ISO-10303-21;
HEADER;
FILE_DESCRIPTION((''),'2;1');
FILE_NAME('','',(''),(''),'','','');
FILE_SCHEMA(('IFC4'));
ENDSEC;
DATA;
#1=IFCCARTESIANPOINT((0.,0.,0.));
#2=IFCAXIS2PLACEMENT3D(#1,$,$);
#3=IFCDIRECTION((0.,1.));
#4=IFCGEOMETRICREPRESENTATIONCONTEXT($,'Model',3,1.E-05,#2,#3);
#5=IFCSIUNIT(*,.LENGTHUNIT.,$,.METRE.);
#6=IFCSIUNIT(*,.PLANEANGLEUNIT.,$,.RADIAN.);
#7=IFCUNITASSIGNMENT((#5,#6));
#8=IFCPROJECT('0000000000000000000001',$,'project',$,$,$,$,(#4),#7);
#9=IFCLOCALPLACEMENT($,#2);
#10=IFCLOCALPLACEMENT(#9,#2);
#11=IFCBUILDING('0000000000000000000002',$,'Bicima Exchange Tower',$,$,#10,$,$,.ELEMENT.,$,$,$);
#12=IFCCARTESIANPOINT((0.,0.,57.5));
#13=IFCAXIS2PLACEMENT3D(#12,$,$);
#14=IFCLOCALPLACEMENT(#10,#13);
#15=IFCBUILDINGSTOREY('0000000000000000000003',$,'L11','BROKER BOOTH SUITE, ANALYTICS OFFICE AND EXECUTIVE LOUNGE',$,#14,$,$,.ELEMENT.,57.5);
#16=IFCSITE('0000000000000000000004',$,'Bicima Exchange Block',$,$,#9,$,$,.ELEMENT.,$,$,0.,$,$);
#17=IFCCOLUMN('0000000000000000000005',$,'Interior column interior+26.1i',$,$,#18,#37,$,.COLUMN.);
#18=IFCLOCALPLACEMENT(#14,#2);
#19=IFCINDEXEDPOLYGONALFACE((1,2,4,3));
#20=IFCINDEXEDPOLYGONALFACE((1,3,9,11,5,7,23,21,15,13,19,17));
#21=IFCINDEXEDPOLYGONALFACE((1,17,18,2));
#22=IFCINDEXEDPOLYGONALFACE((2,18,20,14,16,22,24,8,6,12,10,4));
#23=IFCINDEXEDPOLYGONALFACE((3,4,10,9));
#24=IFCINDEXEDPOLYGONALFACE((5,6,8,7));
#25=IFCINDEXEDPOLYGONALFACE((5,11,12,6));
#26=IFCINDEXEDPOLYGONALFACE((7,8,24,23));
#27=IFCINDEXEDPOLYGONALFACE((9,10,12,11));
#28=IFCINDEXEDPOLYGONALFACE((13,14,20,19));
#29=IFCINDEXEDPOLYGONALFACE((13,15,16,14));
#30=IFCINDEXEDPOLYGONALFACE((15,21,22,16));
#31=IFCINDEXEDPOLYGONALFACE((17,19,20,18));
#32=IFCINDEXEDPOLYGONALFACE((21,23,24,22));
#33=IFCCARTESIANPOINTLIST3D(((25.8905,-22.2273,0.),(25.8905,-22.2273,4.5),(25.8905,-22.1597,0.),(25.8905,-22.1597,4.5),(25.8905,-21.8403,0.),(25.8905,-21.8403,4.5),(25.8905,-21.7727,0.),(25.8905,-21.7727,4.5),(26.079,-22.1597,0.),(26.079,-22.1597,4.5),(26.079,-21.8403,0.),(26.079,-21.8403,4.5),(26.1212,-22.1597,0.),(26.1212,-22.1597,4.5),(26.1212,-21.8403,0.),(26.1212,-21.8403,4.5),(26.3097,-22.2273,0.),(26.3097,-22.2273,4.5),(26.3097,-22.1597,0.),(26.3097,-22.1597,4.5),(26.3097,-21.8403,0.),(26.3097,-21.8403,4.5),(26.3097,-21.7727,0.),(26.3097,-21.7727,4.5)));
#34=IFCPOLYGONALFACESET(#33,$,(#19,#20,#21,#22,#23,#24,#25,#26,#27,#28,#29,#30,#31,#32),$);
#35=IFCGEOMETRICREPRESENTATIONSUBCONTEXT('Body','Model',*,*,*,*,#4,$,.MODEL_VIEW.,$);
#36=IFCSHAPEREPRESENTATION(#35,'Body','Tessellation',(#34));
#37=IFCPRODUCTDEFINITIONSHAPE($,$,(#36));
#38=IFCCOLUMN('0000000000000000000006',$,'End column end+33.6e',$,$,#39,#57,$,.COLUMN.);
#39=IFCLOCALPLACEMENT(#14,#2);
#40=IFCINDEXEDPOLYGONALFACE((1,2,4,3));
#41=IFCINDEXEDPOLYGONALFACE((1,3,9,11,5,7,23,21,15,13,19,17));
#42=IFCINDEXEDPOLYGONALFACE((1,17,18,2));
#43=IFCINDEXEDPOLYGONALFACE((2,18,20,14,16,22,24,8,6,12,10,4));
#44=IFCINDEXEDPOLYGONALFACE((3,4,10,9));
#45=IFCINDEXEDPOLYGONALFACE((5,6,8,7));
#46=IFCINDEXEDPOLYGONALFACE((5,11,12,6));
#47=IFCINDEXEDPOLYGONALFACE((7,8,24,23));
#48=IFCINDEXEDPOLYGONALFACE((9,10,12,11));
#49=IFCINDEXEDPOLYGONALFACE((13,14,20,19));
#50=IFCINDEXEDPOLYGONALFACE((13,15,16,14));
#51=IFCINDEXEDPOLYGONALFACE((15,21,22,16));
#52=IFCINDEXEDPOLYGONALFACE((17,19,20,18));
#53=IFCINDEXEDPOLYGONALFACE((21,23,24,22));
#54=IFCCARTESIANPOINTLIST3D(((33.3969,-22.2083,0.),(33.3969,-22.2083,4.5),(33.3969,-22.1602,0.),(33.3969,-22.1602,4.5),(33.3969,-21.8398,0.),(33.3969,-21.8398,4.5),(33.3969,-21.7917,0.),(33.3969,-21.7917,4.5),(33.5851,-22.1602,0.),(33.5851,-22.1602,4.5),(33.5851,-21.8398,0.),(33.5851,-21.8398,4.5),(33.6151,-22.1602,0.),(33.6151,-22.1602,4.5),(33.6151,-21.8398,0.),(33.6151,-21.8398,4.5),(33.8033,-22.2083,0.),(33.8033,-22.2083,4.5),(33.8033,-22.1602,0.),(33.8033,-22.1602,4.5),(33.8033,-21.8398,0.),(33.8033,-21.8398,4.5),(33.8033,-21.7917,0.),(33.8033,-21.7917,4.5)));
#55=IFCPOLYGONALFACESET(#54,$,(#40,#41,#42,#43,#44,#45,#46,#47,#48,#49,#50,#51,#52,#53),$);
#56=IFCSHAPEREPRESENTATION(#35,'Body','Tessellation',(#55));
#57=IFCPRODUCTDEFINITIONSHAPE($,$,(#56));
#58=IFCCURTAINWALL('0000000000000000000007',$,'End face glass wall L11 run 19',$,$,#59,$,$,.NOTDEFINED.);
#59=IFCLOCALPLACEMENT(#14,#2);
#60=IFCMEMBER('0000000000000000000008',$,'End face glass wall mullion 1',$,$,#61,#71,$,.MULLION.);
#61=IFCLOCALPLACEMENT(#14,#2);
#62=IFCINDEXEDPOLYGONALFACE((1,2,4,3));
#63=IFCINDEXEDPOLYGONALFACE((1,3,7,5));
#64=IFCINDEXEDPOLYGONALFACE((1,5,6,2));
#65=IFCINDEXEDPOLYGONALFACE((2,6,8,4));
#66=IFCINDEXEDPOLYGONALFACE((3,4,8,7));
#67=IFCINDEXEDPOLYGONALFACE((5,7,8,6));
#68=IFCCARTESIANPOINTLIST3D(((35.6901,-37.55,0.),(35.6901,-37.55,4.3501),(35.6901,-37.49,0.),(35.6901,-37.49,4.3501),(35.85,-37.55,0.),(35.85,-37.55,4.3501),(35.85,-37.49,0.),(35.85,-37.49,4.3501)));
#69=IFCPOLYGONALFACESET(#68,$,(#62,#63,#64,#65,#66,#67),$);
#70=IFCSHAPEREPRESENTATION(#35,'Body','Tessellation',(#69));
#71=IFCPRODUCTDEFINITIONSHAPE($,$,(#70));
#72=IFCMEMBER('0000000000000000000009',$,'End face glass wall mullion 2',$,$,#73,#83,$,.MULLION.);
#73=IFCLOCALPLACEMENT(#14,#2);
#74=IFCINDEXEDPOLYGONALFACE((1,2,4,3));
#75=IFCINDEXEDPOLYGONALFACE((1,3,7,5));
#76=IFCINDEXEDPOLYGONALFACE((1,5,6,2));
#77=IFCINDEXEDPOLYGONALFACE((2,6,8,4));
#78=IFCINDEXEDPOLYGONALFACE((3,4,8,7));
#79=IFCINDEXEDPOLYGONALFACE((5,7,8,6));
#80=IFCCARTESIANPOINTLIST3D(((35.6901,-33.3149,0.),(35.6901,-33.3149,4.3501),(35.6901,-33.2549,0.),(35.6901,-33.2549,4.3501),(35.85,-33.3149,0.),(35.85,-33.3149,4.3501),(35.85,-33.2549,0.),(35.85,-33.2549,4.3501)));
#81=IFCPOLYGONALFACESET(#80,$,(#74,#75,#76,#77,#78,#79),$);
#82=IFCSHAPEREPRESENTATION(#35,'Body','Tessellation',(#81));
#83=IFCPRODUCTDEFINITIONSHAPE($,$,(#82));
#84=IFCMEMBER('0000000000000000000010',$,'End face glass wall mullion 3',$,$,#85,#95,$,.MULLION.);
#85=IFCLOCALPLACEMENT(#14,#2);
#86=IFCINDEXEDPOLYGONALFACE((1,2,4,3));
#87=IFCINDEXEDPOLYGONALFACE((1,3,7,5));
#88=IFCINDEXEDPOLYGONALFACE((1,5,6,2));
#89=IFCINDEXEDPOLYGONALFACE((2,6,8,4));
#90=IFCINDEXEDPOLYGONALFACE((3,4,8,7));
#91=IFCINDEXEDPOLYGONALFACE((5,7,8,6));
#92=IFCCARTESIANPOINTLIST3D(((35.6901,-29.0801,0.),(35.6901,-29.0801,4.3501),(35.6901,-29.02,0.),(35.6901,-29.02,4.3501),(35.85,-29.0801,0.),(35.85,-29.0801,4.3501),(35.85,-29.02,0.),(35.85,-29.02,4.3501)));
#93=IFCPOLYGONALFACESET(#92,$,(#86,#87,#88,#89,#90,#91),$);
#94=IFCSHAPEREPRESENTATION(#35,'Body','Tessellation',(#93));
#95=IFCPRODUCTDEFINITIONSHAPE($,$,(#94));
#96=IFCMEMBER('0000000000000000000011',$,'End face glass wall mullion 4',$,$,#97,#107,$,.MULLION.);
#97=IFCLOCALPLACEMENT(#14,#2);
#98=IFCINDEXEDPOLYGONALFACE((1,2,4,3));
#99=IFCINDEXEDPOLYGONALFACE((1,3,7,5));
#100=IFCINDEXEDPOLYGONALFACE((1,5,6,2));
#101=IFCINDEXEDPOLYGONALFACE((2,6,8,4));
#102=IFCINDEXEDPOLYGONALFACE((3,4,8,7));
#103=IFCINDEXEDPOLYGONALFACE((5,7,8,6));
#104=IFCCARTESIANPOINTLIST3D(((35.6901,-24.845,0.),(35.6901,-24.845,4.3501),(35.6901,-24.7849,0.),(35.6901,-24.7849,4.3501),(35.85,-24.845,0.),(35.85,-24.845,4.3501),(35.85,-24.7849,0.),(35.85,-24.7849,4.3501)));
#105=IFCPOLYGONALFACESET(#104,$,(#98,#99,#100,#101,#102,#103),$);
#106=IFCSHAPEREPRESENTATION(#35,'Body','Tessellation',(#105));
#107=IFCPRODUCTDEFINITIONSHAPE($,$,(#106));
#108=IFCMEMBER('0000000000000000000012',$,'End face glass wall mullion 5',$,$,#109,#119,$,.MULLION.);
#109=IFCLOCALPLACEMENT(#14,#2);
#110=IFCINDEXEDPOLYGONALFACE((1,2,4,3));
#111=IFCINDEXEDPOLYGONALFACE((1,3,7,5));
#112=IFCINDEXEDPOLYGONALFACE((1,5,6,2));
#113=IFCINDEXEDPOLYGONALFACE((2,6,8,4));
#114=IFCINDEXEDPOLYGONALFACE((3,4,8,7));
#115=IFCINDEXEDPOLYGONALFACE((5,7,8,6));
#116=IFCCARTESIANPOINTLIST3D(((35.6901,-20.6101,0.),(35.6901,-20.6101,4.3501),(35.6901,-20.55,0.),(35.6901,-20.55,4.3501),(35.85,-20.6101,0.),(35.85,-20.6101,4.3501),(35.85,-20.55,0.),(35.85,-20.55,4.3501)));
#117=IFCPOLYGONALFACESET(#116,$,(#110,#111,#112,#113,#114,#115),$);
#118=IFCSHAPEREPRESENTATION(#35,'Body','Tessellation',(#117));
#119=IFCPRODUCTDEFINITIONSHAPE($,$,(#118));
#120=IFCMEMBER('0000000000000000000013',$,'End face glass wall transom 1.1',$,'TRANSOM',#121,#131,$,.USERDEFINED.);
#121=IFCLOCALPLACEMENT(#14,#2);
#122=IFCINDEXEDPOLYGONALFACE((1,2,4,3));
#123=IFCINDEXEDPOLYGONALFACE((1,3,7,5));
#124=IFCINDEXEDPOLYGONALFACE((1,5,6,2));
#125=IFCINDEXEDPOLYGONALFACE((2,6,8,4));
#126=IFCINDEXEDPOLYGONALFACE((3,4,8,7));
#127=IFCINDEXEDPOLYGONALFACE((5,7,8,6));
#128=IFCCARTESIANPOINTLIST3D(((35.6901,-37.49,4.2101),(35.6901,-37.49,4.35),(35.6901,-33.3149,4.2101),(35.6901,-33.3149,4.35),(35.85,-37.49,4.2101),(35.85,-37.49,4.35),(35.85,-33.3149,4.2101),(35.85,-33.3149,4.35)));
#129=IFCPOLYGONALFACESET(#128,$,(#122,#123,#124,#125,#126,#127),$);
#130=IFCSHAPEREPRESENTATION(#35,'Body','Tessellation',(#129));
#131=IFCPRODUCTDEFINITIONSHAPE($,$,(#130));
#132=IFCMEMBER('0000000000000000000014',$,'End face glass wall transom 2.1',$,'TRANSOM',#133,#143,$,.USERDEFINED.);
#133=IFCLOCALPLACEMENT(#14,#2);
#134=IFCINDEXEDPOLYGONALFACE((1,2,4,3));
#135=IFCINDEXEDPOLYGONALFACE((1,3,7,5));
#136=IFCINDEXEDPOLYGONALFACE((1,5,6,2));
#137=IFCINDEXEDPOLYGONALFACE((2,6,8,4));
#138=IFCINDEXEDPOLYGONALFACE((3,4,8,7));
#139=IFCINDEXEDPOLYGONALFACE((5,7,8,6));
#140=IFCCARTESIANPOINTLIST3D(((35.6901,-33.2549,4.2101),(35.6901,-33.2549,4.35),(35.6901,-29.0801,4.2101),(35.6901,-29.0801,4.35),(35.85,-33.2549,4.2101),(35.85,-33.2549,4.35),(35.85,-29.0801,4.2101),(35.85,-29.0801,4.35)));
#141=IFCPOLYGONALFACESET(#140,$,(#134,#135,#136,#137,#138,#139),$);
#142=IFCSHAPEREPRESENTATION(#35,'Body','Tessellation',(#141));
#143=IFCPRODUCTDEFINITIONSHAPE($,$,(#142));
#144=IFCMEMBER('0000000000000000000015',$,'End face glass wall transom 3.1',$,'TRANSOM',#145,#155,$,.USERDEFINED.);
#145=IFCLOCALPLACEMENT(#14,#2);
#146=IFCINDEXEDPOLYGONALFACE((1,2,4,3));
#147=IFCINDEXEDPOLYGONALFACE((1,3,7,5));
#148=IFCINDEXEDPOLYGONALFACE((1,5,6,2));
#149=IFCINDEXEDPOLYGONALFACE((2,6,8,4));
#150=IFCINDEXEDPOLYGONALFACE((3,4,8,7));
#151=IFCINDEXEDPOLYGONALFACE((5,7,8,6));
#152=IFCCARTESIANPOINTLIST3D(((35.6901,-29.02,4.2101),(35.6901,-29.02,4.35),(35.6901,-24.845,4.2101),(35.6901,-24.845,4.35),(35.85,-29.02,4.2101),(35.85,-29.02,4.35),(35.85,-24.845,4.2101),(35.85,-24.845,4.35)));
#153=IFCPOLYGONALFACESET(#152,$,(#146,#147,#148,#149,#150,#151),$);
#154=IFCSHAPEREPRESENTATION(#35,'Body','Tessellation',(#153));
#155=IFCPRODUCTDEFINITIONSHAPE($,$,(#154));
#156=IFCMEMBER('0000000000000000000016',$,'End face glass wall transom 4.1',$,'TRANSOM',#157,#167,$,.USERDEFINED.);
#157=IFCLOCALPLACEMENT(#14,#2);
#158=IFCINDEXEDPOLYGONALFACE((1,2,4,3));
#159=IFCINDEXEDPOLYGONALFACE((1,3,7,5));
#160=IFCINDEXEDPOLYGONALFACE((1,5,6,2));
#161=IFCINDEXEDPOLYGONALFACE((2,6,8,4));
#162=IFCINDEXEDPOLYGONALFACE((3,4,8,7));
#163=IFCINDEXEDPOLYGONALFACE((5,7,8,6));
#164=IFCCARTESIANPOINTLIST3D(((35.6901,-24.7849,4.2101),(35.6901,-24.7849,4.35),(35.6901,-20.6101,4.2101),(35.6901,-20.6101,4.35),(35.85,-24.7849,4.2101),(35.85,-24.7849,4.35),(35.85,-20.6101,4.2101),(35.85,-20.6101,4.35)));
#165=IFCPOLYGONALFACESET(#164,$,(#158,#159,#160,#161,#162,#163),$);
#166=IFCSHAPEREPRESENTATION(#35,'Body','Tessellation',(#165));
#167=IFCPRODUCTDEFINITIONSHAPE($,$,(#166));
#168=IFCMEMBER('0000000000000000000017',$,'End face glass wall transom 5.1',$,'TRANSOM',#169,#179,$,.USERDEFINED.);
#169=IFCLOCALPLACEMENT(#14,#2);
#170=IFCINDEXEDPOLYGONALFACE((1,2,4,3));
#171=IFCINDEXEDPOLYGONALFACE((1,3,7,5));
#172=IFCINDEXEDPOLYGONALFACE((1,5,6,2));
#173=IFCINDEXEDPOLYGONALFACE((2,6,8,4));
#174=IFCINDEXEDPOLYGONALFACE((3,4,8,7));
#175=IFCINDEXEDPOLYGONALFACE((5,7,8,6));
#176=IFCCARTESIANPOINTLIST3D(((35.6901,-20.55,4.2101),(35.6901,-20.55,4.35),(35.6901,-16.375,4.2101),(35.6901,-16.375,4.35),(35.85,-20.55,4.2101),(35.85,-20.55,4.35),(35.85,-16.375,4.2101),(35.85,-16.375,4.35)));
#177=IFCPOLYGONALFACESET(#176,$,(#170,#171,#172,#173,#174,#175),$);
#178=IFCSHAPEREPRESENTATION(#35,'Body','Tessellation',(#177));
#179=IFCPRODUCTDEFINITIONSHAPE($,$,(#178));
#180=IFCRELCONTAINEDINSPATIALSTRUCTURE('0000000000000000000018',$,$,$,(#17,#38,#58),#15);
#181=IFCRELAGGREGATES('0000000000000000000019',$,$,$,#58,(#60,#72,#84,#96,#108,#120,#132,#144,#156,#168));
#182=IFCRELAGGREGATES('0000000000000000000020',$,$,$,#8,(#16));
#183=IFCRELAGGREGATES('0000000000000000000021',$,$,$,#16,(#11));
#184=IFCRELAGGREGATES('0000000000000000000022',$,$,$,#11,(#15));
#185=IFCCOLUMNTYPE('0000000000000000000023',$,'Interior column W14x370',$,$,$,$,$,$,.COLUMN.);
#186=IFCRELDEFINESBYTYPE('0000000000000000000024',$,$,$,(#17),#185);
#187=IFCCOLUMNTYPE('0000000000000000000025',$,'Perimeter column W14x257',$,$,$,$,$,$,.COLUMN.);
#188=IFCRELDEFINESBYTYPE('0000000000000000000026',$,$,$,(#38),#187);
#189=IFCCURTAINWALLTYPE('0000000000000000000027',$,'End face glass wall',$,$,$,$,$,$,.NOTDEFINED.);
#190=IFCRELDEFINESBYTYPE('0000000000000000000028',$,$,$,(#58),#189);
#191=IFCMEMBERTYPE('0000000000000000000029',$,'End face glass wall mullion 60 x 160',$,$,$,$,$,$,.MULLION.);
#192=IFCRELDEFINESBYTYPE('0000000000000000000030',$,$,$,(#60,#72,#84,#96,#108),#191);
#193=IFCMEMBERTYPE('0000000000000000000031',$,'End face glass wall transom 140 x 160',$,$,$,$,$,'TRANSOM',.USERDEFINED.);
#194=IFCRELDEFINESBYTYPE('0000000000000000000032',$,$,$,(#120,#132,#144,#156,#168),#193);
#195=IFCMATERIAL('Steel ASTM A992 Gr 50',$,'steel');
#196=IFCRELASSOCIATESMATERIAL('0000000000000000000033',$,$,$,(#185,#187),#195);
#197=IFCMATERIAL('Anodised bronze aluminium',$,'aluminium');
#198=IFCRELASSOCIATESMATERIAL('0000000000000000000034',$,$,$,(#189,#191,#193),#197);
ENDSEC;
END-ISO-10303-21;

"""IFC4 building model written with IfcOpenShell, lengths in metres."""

from ifc_helpers import new_model, si_unit, direction, frame, origin, origin_2d, place, context, subcontext, project, spatial, rectangle, i_section, extrude, material, material_profile, profile_set, type_object, element, aggregate, save


model = new_model("IFC4")

# Units and contexts
model_context = context("Model", 3, precision=1e-05, world=origin(), true_north=direction((0.0, 1.0)))
body_context = subcontext(model_context, "Body", "Model", "MODEL_VIEW")
ifc_project = project(units=[si_unit("LENGTHUNIT", "METRE"), si_unit("PLANEANGLEUNIT", "RADIAN")], contexts=[model_context])

# Site, building, storey
site_placement = place(None, origin())
site = spatial("IfcSite", under=ifc_project, at=site_placement, Name="Bicima Exchange Block", CompositionType="ELEMENT", RefElevation=0.0)
building_placement = place(site_placement, origin())
building = spatial("IfcBuilding", under=site, at=building_placement, Name="Bicima Exchange Tower", CompositionType="ELEMENT")
storey_placement = place(building_placement, frame((0.0, 0.0, 57.5)))
storey = spatial("IfcBuildingStorey", under=building, at=storey_placement, Name="L11", Description="BROKER BOOTH SUITE, ANALYTICS OFFICE AND EXECUTIVE LOUNGE", CompositionType="ELEMENT", Elevation=57.5)

# Columns
ifc_material_1 = material(Name="Steel ASTM A992 Gr 50", Category="steel")
ifc_material_profile_1 = material_profile(ifc_material_1, i_section(OverallWidth=0.4192, OverallDepth=0.4546, WebThickness=0.0422, FlangeThickness=0.0676, at=origin_2d()))
ifc_profile_set_1 = profile_set([ifc_material_profile_1], Name="Steel ASTM A992 Gr 50")
column_type_1 = type_object("IfcColumnType", Name="Interior column W14x370", PredefinedType="COLUMN", material=ifc_profile_set_1)
column_1_placement = place(storey_placement, frame((26.1001, -22.0, 0.0), z_axis=(0.0, 0.0, 1.0), x_axis=(1.0, 0.0, 0.0)))
element("IfcColumn", 1, at=column_1_placement, inside=storey, type_object=column_type_1, Name="Interior column interior+26.1i", PredefinedType="COLUMN", context=body_context, shape_type="SweptSolid", body=[
    extrude(i_section(OverallWidth=0.4192, OverallDepth=0.4546, WebThickness=0.0422, FlangeThickness=0.0676, at=origin_2d()), origin(), (0.0, 0.0, 1.0), 4.5),
])
ifc_material_profile_2 = material_profile(ifc_material_1, i_section(OverallWidth=0.4065, OverallDepth=0.4165, WebThickness=0.03, FlangeThickness=0.0481, at=origin_2d()))
ifc_profile_set_2 = profile_set([ifc_material_profile_2], Name="Steel ASTM A992 Gr 50")
column_type_2 = type_object("IfcColumnType", Name="Perimeter column W14x257", PredefinedType="COLUMN", material=ifc_profile_set_2)
column_2_placement = place(storey_placement, frame((33.6001, -22.0, 0.0), z_axis=(0.0, 0.0, 1.0), x_axis=(1.0, 0.0, 0.0)))
element("IfcColumn", 2, at=column_2_placement, inside=storey, type_object=column_type_2, Name="End column end+33.6e", PredefinedType="COLUMN", context=body_context, shape_type="SweptSolid", body=[
    extrude(i_section(OverallWidth=0.4065, OverallDepth=0.4165, WebThickness=0.03, FlangeThickness=0.0481, at=origin_2d()), origin(), (0.0, 0.0, 1.0), 4.5),
])

# Curtain wall, members
ifc_material_2 = material(Name="Anodised bronze aluminium", Category="aluminium")
curtain_wall_type = type_object("IfcCurtainWallType", Name="End face glass wall", PredefinedType="NOTDEFINED", material=ifc_material_2)
curtain_wall_placement = place(storey_placement, origin())
curtain_wall = element("IfcCurtainWall", 3, at=curtain_wall_placement, inside=storey, type_object=curtain_wall_type, Name="End face glass wall L11 run 19", PredefinedType="NOTDEFINED")
ifc_material_profile_3 = material_profile(ifc_material_2, rectangle(XDim=0.1599, YDim=0.0601, at=origin_2d()))
ifc_profile_set_3 = profile_set([ifc_material_profile_3], Name="Anodised bronze aluminium")
member_type_1 = type_object("IfcMemberType", Name="End face glass wall mullion 60 x 160", PredefinedType="MULLION", material=ifc_profile_set_3)
member_1_placement = place(storey_placement, frame((35.77, -37.52, 0.0), z_axis=(0.0, 0.0, 1.0), x_axis=(-1.0, 0.0, 0.0)))
member_1 = element("IfcMember", 4, at=member_1_placement, type_object=member_type_1, Name="End face glass wall mullion 1", PredefinedType="MULLION", context=body_context, shape_type="SweptSolid", body=[
    extrude(rectangle(XDim=0.1599, YDim=0.0601, at=origin_2d()), origin(), (0.0, 0.0, 1.0), 4.3501),
])
member_2_placement = place(storey_placement, frame((35.77, -33.2849, 0.0), z_axis=(0.0, 0.0, 1.0), x_axis=(-1.0, 0.0, 0.0)))
member_2 = element("IfcMember", 5, at=member_2_placement, type_object=member_type_1, Name="End face glass wall mullion 2", PredefinedType="MULLION", context=body_context, shape_type="SweptSolid", body=[
    extrude(rectangle(XDim=0.1599, YDim=0.0601, at=origin_2d()), origin(), (0.0, 0.0, 1.0), 4.3501),
])
member_3_placement = place(storey_placement, frame((35.77, -29.05, 0.0), z_axis=(0.0, 0.0, 1.0), x_axis=(-1.0, 0.0, 0.0)))
member_3 = element("IfcMember", 6, at=member_3_placement, type_object=member_type_1, Name="End face glass wall mullion 3", PredefinedType="MULLION", context=body_context, shape_type="SweptSolid", body=[
    extrude(rectangle(XDim=0.1599, YDim=0.0601, at=origin_2d()), origin(), (0.0, 0.0, 1.0), 4.3501),
])
member_4_placement = place(storey_placement, frame((35.77, -24.8149, 0.0), z_axis=(0.0, 0.0, 1.0), x_axis=(-1.0, 0.0, 0.0)))
member_4 = element("IfcMember", 7, at=member_4_placement, type_object=member_type_1, Name="End face glass wall mullion 4", PredefinedType="MULLION", context=body_context, shape_type="SweptSolid", body=[
    extrude(rectangle(XDim=0.1599, YDim=0.0601, at=origin_2d()), origin(), (0.0, 0.0, 1.0), 4.3501),
])
member_5_placement = place(storey_placement, frame((35.77, -20.5801, 0.0), z_axis=(0.0, 0.0, 1.0), x_axis=(-1.0, 0.0, 0.0)))
member_5 = element("IfcMember", 8, at=member_5_placement, type_object=member_type_1, Name="End face glass wall mullion 5", PredefinedType="MULLION", context=body_context, shape_type="SweptSolid", body=[
    extrude(rectangle(XDim=0.1599, YDim=0.0601, at=origin_2d()), origin(), (0.0, 0.0, 1.0), 4.3501),
])
ifc_material_profile_4 = material_profile(ifc_material_2, rectangle(XDim=0.1599, YDim=0.1399, at=origin_2d()))
ifc_profile_set_4 = profile_set([ifc_material_profile_4], Name="Anodised bronze aluminium")
member_type_2 = type_object("IfcMemberType", Name="End face glass wall transom 140 x 160", ElementType="TRANSOM", PredefinedType="USERDEFINED", material=ifc_profile_set_4)
member_6_placement = place(storey_placement, frame((35.77, -37.49, 4.28), z_axis=(0.0, 1.0, 0.0), x_axis=(-1.0, 0.0, 0.0)))
member_6 = element("IfcMember", 9, at=member_6_placement, type_object=member_type_2, Name="End face glass wall transom 1.1", ObjectType="TRANSOM", PredefinedType="USERDEFINED", context=body_context, shape_type="SweptSolid", body=[
    extrude(rectangle(XDim=0.1599, YDim=0.1399, at=origin_2d()), origin(), (0.0, 0.0, 1.0), 4.175),
])
member_7_placement = place(storey_placement, frame((35.77, -33.2549, 4.28), z_axis=(0.0, 1.0, 0.0), x_axis=(-1.0, 0.0, 0.0)))
member_7 = element("IfcMember", 10, at=member_7_placement, type_object=member_type_2, Name="End face glass wall transom 2.1", ObjectType="TRANSOM", PredefinedType="USERDEFINED", context=body_context, shape_type="SweptSolid", body=[
    extrude(rectangle(XDim=0.1599, YDim=0.1399, at=origin_2d()), origin(), (0.0, 0.0, 1.0), 4.1748),
])
member_8_placement = place(storey_placement, frame((35.77, -29.02, 4.28), z_axis=(0.0, 1.0, 0.0), x_axis=(-1.0, 0.0, 0.0)))
member_8 = element("IfcMember", 11, at=member_8_placement, type_object=member_type_2, Name="End face glass wall transom 3.1", ObjectType="TRANSOM", PredefinedType="USERDEFINED", context=body_context, shape_type="SweptSolid", body=[
    extrude(rectangle(XDim=0.1599, YDim=0.1399, at=origin_2d()), origin(), (0.0, 0.0, 1.0), 4.175),
])
member_9_placement = place(storey_placement, frame((35.77, -24.7849, 4.28), z_axis=(0.0, 1.0, 0.0), x_axis=(-1.0, 0.0, 0.0)))
member_9 = element("IfcMember", 12, at=member_9_placement, type_object=member_type_2, Name="End face glass wall transom 4.1", ObjectType="TRANSOM", PredefinedType="USERDEFINED", context=body_context, shape_type="SweptSolid", body=[
    extrude(rectangle(XDim=0.1599, YDim=0.1399, at=origin_2d()), origin(), (0.0, 0.0, 1.0), 4.1748),
])
member_10_placement = place(storey_placement, frame((35.77, -20.55, 4.28), z_axis=(0.0, 1.0, 0.0), x_axis=(-1.0, 0.0, 0.0)))
member_10 = element("IfcMember", 13, at=member_10_placement, type_object=member_type_2, Name="End face glass wall transom 5.1", ObjectType="TRANSOM", PredefinedType="USERDEFINED", context=body_context, shape_type="SweptSolid", body=[
    extrude(rectangle(XDim=0.1599, YDim=0.1399, at=origin_2d()), origin(), (0.0, 0.0, 1.0), 4.175),
])

aggregate(curtain_wall, [member_1, member_2, member_3, member_4, member_5, member_6, member_7, member_8, member_9, member_10])

save(model, "model.ifc")
